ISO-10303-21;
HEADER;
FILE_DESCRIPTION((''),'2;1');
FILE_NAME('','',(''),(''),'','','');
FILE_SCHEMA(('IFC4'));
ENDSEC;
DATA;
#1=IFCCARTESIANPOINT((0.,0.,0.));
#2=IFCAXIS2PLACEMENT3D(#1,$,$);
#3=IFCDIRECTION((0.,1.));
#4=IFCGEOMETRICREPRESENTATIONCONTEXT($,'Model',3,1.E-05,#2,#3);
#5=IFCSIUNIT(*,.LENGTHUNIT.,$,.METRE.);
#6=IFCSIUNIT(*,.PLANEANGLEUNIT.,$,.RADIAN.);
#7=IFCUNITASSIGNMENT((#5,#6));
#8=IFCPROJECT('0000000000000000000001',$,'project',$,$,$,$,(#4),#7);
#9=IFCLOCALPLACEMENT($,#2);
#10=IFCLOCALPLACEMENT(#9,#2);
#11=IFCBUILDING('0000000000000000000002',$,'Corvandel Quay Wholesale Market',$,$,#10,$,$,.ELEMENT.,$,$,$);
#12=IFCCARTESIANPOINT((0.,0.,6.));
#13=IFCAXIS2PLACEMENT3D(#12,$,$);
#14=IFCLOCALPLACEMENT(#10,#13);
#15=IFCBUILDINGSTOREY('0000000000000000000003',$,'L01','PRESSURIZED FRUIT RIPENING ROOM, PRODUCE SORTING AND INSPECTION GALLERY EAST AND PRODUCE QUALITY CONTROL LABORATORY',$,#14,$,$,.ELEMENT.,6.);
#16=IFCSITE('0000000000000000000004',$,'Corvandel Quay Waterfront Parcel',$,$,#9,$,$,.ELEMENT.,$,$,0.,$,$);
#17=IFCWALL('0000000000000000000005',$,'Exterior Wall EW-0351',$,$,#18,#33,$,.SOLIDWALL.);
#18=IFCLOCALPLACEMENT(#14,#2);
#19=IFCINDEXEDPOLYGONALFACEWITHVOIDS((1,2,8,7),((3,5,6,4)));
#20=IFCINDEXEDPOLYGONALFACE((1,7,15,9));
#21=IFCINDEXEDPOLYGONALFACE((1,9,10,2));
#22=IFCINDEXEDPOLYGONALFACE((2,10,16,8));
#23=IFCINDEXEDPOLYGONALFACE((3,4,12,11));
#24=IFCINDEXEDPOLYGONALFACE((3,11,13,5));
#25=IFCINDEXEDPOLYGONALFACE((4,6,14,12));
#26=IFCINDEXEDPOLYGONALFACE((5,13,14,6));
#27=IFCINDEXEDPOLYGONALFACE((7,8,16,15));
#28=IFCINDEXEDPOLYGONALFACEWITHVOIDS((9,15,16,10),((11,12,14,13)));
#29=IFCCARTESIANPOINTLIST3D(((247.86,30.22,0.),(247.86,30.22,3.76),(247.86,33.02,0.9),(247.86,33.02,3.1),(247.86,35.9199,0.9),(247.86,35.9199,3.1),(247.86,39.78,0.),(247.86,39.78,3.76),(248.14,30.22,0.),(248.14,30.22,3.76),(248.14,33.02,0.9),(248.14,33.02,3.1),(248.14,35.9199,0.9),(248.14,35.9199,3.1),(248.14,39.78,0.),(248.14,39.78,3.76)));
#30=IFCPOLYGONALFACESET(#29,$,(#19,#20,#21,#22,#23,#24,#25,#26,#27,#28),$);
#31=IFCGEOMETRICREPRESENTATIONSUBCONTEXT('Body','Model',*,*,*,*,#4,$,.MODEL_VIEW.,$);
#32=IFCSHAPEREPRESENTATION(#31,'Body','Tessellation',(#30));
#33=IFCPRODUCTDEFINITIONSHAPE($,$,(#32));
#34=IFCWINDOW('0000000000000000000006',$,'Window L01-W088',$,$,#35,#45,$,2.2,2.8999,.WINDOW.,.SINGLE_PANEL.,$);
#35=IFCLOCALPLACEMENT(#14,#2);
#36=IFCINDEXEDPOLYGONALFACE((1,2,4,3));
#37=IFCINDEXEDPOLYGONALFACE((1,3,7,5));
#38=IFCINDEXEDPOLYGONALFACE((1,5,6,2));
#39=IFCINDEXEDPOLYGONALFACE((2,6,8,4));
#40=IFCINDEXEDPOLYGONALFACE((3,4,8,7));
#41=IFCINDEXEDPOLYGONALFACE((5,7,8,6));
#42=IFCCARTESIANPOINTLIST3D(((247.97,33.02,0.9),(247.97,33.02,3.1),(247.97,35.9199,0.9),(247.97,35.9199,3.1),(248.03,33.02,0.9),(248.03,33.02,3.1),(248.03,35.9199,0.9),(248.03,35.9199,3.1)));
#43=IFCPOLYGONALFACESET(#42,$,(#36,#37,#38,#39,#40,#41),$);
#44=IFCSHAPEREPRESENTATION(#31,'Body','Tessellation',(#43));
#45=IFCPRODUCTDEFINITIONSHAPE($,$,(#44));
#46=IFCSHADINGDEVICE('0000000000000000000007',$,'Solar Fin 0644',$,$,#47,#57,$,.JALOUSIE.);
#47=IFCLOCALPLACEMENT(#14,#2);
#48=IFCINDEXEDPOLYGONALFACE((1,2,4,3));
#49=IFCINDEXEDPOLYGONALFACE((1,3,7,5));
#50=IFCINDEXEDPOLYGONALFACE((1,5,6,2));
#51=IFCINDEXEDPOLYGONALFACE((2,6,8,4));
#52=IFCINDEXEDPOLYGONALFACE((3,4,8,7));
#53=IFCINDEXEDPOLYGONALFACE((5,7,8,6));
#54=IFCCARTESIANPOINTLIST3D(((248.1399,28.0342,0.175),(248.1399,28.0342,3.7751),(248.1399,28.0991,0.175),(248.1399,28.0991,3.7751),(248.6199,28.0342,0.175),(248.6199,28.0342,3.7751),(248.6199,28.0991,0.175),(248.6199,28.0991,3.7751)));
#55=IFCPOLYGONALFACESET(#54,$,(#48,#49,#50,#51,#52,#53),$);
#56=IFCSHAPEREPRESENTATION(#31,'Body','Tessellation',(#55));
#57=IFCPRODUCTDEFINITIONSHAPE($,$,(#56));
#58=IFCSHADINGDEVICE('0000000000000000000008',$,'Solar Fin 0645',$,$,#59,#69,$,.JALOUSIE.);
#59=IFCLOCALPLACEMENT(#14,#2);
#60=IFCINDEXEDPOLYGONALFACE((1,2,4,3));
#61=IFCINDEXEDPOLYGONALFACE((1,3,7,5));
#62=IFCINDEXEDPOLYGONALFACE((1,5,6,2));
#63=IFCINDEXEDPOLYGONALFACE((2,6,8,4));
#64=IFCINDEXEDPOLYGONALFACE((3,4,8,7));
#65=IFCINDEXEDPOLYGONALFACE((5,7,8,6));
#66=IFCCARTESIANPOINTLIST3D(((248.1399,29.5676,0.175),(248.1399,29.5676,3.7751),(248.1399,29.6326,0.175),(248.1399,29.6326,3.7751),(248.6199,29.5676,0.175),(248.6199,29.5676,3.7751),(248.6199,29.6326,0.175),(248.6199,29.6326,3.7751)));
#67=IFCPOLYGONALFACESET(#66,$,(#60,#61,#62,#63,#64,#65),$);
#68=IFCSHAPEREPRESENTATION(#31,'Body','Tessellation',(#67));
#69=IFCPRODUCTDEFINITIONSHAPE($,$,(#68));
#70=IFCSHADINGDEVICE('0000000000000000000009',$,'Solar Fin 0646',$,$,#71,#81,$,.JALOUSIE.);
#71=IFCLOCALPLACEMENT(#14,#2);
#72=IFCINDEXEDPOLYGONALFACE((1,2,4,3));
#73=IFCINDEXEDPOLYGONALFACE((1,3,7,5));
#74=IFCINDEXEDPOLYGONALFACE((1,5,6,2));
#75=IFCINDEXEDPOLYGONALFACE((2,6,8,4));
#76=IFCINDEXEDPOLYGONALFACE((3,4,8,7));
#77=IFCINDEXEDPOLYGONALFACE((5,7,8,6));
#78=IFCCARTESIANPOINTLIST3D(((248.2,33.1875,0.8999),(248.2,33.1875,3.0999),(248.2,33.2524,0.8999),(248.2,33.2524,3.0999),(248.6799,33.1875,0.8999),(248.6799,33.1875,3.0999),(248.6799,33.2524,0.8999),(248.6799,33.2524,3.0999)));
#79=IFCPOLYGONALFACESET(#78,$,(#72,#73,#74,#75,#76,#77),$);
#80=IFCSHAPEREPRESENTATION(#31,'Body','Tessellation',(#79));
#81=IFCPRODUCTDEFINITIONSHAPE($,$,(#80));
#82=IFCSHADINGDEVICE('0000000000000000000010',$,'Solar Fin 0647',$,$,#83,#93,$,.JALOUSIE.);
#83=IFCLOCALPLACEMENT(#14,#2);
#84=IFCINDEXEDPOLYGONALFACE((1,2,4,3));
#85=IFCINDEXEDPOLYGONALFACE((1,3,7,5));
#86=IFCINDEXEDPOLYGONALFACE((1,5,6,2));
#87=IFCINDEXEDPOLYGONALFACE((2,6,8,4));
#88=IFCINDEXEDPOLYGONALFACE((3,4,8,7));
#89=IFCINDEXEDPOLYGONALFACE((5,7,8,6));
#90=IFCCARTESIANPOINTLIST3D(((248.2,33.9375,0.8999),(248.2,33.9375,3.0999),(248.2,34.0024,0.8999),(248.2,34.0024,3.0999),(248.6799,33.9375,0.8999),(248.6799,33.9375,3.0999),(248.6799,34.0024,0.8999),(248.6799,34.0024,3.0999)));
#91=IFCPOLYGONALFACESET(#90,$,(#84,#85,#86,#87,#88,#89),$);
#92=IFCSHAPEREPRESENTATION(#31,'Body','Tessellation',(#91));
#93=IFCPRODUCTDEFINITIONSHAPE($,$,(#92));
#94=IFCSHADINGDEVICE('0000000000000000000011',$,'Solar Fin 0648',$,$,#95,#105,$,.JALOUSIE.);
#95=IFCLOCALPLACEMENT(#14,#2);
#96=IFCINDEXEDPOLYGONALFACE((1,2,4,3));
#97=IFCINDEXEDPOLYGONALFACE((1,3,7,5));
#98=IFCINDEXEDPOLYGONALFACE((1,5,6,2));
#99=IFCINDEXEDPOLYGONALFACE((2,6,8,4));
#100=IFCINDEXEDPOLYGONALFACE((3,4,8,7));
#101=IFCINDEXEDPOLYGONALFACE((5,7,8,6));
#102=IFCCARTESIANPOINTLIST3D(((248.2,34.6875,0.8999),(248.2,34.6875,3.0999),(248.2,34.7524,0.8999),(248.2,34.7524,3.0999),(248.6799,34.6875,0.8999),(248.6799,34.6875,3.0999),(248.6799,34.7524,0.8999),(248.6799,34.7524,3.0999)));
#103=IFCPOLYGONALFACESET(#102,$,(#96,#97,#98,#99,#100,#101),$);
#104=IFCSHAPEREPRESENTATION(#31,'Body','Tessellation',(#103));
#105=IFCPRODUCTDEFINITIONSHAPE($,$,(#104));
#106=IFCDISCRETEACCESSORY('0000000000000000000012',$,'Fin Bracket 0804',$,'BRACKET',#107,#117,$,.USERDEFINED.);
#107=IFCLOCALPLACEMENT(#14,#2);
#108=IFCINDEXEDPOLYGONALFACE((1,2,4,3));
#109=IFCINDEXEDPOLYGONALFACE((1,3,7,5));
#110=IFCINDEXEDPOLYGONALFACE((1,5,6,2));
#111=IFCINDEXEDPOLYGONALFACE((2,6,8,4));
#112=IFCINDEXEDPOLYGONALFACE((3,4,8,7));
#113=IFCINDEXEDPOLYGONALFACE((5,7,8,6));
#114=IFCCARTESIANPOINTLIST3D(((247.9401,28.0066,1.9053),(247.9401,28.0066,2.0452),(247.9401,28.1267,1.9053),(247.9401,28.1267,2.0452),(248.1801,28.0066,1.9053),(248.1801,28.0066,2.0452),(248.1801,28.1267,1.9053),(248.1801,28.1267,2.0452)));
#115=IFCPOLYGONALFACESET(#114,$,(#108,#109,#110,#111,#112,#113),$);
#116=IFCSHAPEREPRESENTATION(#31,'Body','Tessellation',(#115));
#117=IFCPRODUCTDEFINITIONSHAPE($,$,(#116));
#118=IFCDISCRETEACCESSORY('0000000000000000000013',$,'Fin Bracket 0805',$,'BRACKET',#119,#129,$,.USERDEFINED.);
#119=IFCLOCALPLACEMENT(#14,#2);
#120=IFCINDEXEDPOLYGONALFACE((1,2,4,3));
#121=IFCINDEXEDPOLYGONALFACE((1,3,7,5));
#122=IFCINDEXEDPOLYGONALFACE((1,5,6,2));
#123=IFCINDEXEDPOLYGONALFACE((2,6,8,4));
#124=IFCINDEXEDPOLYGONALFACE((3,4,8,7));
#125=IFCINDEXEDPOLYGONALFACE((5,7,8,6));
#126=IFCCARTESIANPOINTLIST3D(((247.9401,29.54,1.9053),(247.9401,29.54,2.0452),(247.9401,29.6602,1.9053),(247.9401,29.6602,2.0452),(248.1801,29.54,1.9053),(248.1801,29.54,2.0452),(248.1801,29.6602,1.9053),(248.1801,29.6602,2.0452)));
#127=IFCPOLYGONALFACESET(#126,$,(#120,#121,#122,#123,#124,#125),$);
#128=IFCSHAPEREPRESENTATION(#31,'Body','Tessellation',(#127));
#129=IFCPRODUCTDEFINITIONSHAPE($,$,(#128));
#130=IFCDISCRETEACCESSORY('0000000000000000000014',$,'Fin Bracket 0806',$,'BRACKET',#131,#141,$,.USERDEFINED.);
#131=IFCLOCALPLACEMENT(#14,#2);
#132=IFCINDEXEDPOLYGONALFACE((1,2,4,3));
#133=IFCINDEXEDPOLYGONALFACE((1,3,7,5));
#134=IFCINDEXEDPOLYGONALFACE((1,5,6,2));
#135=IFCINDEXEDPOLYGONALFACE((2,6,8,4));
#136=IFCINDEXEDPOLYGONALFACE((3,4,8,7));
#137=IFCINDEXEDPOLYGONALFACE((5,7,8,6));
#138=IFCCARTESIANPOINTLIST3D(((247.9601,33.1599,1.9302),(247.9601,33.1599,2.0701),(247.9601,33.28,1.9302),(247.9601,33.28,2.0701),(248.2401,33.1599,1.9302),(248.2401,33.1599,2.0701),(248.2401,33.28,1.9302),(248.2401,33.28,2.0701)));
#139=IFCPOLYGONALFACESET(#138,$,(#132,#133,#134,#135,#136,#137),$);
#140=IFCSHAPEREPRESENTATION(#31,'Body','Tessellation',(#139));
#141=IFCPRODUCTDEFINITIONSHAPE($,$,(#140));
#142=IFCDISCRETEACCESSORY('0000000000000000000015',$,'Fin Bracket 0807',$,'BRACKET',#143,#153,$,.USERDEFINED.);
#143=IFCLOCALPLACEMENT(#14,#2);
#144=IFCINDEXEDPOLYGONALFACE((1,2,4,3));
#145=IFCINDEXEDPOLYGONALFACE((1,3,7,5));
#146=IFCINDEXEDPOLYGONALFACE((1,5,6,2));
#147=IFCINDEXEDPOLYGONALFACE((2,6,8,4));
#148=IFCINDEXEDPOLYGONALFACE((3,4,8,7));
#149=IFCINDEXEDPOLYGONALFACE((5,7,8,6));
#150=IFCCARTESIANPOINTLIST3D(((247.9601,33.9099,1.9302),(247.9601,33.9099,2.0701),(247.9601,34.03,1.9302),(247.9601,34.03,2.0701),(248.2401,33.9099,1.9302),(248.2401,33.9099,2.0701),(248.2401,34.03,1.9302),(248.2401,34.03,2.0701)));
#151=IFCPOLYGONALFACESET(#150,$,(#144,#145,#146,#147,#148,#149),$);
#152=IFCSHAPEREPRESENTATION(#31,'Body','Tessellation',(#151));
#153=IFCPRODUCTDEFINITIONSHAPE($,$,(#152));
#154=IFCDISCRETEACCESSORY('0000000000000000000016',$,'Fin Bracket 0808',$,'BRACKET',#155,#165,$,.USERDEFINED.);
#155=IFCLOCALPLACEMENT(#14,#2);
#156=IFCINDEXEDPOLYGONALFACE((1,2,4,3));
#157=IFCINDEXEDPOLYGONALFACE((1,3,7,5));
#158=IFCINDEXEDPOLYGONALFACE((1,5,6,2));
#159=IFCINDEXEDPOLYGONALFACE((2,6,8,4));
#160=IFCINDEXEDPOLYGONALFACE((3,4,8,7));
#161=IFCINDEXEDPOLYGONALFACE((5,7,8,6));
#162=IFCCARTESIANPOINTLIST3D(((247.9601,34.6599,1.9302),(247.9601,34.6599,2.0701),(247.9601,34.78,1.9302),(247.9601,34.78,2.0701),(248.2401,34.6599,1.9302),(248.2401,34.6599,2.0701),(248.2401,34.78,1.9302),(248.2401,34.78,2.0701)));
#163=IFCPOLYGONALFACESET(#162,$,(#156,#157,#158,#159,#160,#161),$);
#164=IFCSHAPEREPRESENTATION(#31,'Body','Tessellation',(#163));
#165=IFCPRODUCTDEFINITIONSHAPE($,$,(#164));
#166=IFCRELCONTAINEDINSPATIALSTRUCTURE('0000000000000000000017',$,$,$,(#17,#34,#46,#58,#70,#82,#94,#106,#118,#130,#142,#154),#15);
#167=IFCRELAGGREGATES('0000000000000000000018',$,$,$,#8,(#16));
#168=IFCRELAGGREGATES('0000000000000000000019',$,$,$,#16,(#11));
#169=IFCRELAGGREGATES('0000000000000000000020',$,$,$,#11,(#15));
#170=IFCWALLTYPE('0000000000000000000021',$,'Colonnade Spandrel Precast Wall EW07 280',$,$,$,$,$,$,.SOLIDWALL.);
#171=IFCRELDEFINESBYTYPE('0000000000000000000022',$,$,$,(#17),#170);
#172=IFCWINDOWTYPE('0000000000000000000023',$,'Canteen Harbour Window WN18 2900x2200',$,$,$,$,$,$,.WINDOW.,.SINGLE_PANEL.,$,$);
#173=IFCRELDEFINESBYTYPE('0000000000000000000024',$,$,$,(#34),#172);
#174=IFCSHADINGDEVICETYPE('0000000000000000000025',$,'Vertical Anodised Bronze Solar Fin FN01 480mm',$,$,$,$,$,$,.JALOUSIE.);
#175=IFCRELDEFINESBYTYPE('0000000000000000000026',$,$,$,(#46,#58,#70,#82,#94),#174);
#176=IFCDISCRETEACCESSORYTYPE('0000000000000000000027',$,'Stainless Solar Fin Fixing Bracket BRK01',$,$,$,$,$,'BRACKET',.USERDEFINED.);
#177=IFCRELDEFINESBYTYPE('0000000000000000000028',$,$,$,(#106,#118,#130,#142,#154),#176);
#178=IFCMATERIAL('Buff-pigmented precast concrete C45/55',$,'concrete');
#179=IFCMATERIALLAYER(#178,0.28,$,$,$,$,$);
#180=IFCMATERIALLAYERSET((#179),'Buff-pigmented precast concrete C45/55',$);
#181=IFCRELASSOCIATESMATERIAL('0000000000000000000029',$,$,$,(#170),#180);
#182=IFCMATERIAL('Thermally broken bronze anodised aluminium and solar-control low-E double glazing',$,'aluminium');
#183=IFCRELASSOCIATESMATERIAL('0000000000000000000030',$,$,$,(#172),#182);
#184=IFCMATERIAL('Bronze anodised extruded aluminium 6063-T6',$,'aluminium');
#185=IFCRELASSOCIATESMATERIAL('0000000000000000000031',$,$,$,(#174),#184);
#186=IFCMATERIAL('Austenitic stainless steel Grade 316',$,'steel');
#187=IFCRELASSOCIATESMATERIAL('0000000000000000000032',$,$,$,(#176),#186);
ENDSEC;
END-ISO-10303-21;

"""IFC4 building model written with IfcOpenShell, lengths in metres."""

from ifc_helpers import new_model, si_unit, direction, frame, frame_2d, origin, origin_2d, place, context, subcontext, project, spatial, rectangle, extrude, material, layer, layer_set, type_object, element, fill, save


model = new_model("IFC4")

# Units and contexts
model_context = context("Model", 3, precision=1e-05, world=origin(), true_north=direction((0.0, 1.0)))
body_context = subcontext(model_context, "Body", "Model", "MODEL_VIEW")
ifc_project = project(units=[si_unit("LENGTHUNIT", "METRE"), si_unit("PLANEANGLEUNIT", "RADIAN")], contexts=[model_context])

# Site, building, storey
site_placement = place(None, origin())
site = spatial("IfcSite", under=ifc_project, at=site_placement, Name="Corvandel Quay Waterfront Parcel", CompositionType="ELEMENT", RefElevation=0.0)
building_placement = place(site_placement, origin())
building = spatial("IfcBuilding", under=site, at=building_placement, Name="Corvandel Quay Wholesale Market", CompositionType="ELEMENT")
storey_placement = place(building_placement, frame((0.0, 0.0, 6.0)))
storey = spatial("IfcBuildingStorey", under=building, at=storey_placement, Name="L01", Description="PRESSURIZED FRUIT RIPENING ROOM, PRODUCE SORTING AND INSPECTION GALLERY EAST AND PRODUCE QUALITY CONTROL LABORATORY", CompositionType="ELEMENT", Elevation=6.0)

# Wall, opening, window
ifc_material_1 = material(Name="Buff-pigmented precast concrete C45/55", Category="concrete")
ifc_layer_1 = layer(ifc_material_1, 0.28)
ifc_layer_set_1 = layer_set([ifc_layer_1], Name="Buff-pigmented precast concrete C45/55")
wall_type = type_object("IfcWallType", Name="Colonnade Spandrel Precast Wall EW07 280", PredefinedType="SOLIDWALL", material=ifc_layer_set_1)
wall_placement = place(storey_placement, frame((248.0, 30.22, 0.0), z_axis=(0.0, 0.0, 1.0), x_axis=(0.0, 1.0, 0.0)))
wall = element("IfcWall", 1, at=wall_placement, inside=storey, type_object=wall_type, Name="Exterior Wall EW-0351", PredefinedType="SOLIDWALL", context=body_context, shape_type="SweptSolid", body=[
    extrude(rectangle(XDim=9.5601, YDim=0.28, at=frame_2d((4.78, 0.0))), origin(), (0.0, 0.0, 1.0), 3.76),
])
opening_placement = place(wall_placement, frame((2.8, 0.0, 0.8999)))
opening = element("IfcOpeningElement", 2, at=opening_placement, cuts=wall, PredefinedType="OPENING", context=body_context, shape_type="SweptSolid", body=[
    extrude(rectangle(XDim=2.8999, YDim=2.2, at=frame_2d((1.45, 1.1001))), frame((0.0, 0.1499, 0.0), z_axis=(0.0, -1.0, 0.0), x_axis=(1.0, 0.0, 0.0)), (0.0, 0.0, 1.0), 0.3),
])
ifc_material_2 = material(Name="Thermally broken bronze anodised aluminium and solar-control low-E double glazing", Category="aluminium")
window_type = type_object("IfcWindowType", Name="Canteen Harbour Window WN18 2900x2200", PartitioningType="SINGLE_PANEL", PredefinedType="WINDOW", material=ifc_material_2)
window_placement = place(opening_placement, origin())
window = element("IfcWindow", 3, at=window_placement, inside=storey, type_object=window_type, Name="Window L01-W088", OverallHeight=2.2, OverallWidth=2.8999, PartitioningType="SINGLE_PANEL", PredefinedType="WINDOW", context=body_context, shape_type="SweptSolid", body=[
    extrude(rectangle(XDim=2.8999, YDim=2.2, at=frame_2d((1.45, 1.1001))), frame((0.0, 0.03, 0.0), z_axis=(0.0, -1.0, 0.0), x_axis=(1.0, 0.0, 0.0)), (0.0, 0.0, 1.0), 0.0601),
])
fill(opening, window)

# Shading devices
ifc_material_3 = material(Name="Bronze anodised extruded aluminium 6063-T6", Category="aluminium")
shading_device_type = type_object("IfcShadingDeviceType", Name="Vertical Anodised Bronze Solar Fin FN01 480mm", PredefinedType="JALOUSIE", material=ifc_material_3)
for number, where, z_axis, x_axis, name in (
    (4, (248.3799, 28.0667, 0.175), (0.0, 0.0, 1.0), (1.0, 0.0, 0.0), "Solar Fin 0644"),
    (5, (248.3799, 29.6001, 0.175), (0.0, 0.0, 1.0), (1.0, 0.0, 0.0), "Solar Fin 0645"),
):
    element("IfcShadingDevice", number, at=place(storey_placement, frame(where, z_axis=z_axis, x_axis=x_axis)), inside=storey, type_object=shading_device_type, Name=name, PredefinedType="JALOUSIE", context=body_context, shape_type="SweptSolid", body=[
        extrude(rectangle(XDim=0.48, YDim=0.0649, at=origin_2d()), origin(), (0.0, 0.0, 1.0), 3.6001),
    ])
for number, where, z_axis, x_axis, name in (
    (6, (248.4399, 33.22, 0.8999), (0.0, 0.0, 1.0), (1.0, 0.0, 0.0), "Solar Fin 0646"),
    (7, (248.4399, 33.97, 0.8999), (0.0, 0.0, 1.0), (1.0, 0.0, 0.0), "Solar Fin 0647"),
    (8, (248.4399, 34.72, 0.8999), (0.0, 0.0, 1.0), (1.0, 0.0, 0.0), "Solar Fin 0648"),
):
    element("IfcShadingDevice", number, at=place(storey_placement, frame(where, z_axis=z_axis, x_axis=x_axis)), inside=storey, type_object=shading_device_type, Name=name, PredefinedType="JALOUSIE", context=body_context, shape_type="SweptSolid", body=[
        extrude(rectangle(XDim=0.48, YDim=0.0649, at=origin_2d()), origin(), (0.0, 0.0, 1.0), 2.2),
    ])

# Discrete accessories
ifc_material_4 = material(Name="Austenitic stainless steel Grade 316", Category="steel")
discrete_accessory_type = type_object("IfcDiscreteAccessoryType", Name="Stainless Solar Fin Fixing Bracket BRK01", ElementType="BRACKET", PredefinedType="USERDEFINED", material=ifc_material_4)
for number, where, z_axis, x_axis, name in (
    (9, (248.0601, 28.0667, 1.9053), (0.0, 0.0, 1.0), (1.0, 0.0, 0.0), "Fin Bracket 0804"),
    (10, (248.0601, 29.6001, 1.9053), (0.0, 0.0, 1.0), (1.0, 0.0, 0.0), "Fin Bracket 0805"),
):
    element("IfcDiscreteAccessory", number, at=place(storey_placement, frame(where, z_axis=z_axis, x_axis=x_axis)), inside=storey, type_object=discrete_accessory_type, Name=name, ObjectType="BRACKET", PredefinedType="USERDEFINED", context=body_context, shape_type="SweptSolid", body=[
        extrude(rectangle(XDim=0.24, YDim=0.1201, at=origin_2d()), origin(), (0.0, 0.0, 1.0), 0.1399),
    ])
for number, where, z_axis, x_axis, name in (
    (11, (248.1001, 33.22, 1.9302), (0.0, 0.0, 1.0), (1.0, 0.0, 0.0), "Fin Bracket 0806"),
    (12, (248.1001, 33.97, 1.9302), (0.0, 0.0, 1.0), (1.0, 0.0, 0.0), "Fin Bracket 0807"),
    (13, (248.1001, 34.72, 1.9302), (0.0, 0.0, 1.0), (1.0, 0.0, 0.0), "Fin Bracket 0808"),
):
    element("IfcDiscreteAccessory", number, at=place(storey_placement, frame(where, z_axis=z_axis, x_axis=x_axis)), inside=storey, type_object=discrete_accessory_type, Name=name, ObjectType="BRACKET", PredefinedType="USERDEFINED", context=body_context, shape_type="SweptSolid", body=[
        extrude(rectangle(XDim=0.28, YDim=0.1201, at=origin_2d()), origin(), (0.0, 0.0, 1.0), 0.1399),
    ])

save(model, "model.ifc")
